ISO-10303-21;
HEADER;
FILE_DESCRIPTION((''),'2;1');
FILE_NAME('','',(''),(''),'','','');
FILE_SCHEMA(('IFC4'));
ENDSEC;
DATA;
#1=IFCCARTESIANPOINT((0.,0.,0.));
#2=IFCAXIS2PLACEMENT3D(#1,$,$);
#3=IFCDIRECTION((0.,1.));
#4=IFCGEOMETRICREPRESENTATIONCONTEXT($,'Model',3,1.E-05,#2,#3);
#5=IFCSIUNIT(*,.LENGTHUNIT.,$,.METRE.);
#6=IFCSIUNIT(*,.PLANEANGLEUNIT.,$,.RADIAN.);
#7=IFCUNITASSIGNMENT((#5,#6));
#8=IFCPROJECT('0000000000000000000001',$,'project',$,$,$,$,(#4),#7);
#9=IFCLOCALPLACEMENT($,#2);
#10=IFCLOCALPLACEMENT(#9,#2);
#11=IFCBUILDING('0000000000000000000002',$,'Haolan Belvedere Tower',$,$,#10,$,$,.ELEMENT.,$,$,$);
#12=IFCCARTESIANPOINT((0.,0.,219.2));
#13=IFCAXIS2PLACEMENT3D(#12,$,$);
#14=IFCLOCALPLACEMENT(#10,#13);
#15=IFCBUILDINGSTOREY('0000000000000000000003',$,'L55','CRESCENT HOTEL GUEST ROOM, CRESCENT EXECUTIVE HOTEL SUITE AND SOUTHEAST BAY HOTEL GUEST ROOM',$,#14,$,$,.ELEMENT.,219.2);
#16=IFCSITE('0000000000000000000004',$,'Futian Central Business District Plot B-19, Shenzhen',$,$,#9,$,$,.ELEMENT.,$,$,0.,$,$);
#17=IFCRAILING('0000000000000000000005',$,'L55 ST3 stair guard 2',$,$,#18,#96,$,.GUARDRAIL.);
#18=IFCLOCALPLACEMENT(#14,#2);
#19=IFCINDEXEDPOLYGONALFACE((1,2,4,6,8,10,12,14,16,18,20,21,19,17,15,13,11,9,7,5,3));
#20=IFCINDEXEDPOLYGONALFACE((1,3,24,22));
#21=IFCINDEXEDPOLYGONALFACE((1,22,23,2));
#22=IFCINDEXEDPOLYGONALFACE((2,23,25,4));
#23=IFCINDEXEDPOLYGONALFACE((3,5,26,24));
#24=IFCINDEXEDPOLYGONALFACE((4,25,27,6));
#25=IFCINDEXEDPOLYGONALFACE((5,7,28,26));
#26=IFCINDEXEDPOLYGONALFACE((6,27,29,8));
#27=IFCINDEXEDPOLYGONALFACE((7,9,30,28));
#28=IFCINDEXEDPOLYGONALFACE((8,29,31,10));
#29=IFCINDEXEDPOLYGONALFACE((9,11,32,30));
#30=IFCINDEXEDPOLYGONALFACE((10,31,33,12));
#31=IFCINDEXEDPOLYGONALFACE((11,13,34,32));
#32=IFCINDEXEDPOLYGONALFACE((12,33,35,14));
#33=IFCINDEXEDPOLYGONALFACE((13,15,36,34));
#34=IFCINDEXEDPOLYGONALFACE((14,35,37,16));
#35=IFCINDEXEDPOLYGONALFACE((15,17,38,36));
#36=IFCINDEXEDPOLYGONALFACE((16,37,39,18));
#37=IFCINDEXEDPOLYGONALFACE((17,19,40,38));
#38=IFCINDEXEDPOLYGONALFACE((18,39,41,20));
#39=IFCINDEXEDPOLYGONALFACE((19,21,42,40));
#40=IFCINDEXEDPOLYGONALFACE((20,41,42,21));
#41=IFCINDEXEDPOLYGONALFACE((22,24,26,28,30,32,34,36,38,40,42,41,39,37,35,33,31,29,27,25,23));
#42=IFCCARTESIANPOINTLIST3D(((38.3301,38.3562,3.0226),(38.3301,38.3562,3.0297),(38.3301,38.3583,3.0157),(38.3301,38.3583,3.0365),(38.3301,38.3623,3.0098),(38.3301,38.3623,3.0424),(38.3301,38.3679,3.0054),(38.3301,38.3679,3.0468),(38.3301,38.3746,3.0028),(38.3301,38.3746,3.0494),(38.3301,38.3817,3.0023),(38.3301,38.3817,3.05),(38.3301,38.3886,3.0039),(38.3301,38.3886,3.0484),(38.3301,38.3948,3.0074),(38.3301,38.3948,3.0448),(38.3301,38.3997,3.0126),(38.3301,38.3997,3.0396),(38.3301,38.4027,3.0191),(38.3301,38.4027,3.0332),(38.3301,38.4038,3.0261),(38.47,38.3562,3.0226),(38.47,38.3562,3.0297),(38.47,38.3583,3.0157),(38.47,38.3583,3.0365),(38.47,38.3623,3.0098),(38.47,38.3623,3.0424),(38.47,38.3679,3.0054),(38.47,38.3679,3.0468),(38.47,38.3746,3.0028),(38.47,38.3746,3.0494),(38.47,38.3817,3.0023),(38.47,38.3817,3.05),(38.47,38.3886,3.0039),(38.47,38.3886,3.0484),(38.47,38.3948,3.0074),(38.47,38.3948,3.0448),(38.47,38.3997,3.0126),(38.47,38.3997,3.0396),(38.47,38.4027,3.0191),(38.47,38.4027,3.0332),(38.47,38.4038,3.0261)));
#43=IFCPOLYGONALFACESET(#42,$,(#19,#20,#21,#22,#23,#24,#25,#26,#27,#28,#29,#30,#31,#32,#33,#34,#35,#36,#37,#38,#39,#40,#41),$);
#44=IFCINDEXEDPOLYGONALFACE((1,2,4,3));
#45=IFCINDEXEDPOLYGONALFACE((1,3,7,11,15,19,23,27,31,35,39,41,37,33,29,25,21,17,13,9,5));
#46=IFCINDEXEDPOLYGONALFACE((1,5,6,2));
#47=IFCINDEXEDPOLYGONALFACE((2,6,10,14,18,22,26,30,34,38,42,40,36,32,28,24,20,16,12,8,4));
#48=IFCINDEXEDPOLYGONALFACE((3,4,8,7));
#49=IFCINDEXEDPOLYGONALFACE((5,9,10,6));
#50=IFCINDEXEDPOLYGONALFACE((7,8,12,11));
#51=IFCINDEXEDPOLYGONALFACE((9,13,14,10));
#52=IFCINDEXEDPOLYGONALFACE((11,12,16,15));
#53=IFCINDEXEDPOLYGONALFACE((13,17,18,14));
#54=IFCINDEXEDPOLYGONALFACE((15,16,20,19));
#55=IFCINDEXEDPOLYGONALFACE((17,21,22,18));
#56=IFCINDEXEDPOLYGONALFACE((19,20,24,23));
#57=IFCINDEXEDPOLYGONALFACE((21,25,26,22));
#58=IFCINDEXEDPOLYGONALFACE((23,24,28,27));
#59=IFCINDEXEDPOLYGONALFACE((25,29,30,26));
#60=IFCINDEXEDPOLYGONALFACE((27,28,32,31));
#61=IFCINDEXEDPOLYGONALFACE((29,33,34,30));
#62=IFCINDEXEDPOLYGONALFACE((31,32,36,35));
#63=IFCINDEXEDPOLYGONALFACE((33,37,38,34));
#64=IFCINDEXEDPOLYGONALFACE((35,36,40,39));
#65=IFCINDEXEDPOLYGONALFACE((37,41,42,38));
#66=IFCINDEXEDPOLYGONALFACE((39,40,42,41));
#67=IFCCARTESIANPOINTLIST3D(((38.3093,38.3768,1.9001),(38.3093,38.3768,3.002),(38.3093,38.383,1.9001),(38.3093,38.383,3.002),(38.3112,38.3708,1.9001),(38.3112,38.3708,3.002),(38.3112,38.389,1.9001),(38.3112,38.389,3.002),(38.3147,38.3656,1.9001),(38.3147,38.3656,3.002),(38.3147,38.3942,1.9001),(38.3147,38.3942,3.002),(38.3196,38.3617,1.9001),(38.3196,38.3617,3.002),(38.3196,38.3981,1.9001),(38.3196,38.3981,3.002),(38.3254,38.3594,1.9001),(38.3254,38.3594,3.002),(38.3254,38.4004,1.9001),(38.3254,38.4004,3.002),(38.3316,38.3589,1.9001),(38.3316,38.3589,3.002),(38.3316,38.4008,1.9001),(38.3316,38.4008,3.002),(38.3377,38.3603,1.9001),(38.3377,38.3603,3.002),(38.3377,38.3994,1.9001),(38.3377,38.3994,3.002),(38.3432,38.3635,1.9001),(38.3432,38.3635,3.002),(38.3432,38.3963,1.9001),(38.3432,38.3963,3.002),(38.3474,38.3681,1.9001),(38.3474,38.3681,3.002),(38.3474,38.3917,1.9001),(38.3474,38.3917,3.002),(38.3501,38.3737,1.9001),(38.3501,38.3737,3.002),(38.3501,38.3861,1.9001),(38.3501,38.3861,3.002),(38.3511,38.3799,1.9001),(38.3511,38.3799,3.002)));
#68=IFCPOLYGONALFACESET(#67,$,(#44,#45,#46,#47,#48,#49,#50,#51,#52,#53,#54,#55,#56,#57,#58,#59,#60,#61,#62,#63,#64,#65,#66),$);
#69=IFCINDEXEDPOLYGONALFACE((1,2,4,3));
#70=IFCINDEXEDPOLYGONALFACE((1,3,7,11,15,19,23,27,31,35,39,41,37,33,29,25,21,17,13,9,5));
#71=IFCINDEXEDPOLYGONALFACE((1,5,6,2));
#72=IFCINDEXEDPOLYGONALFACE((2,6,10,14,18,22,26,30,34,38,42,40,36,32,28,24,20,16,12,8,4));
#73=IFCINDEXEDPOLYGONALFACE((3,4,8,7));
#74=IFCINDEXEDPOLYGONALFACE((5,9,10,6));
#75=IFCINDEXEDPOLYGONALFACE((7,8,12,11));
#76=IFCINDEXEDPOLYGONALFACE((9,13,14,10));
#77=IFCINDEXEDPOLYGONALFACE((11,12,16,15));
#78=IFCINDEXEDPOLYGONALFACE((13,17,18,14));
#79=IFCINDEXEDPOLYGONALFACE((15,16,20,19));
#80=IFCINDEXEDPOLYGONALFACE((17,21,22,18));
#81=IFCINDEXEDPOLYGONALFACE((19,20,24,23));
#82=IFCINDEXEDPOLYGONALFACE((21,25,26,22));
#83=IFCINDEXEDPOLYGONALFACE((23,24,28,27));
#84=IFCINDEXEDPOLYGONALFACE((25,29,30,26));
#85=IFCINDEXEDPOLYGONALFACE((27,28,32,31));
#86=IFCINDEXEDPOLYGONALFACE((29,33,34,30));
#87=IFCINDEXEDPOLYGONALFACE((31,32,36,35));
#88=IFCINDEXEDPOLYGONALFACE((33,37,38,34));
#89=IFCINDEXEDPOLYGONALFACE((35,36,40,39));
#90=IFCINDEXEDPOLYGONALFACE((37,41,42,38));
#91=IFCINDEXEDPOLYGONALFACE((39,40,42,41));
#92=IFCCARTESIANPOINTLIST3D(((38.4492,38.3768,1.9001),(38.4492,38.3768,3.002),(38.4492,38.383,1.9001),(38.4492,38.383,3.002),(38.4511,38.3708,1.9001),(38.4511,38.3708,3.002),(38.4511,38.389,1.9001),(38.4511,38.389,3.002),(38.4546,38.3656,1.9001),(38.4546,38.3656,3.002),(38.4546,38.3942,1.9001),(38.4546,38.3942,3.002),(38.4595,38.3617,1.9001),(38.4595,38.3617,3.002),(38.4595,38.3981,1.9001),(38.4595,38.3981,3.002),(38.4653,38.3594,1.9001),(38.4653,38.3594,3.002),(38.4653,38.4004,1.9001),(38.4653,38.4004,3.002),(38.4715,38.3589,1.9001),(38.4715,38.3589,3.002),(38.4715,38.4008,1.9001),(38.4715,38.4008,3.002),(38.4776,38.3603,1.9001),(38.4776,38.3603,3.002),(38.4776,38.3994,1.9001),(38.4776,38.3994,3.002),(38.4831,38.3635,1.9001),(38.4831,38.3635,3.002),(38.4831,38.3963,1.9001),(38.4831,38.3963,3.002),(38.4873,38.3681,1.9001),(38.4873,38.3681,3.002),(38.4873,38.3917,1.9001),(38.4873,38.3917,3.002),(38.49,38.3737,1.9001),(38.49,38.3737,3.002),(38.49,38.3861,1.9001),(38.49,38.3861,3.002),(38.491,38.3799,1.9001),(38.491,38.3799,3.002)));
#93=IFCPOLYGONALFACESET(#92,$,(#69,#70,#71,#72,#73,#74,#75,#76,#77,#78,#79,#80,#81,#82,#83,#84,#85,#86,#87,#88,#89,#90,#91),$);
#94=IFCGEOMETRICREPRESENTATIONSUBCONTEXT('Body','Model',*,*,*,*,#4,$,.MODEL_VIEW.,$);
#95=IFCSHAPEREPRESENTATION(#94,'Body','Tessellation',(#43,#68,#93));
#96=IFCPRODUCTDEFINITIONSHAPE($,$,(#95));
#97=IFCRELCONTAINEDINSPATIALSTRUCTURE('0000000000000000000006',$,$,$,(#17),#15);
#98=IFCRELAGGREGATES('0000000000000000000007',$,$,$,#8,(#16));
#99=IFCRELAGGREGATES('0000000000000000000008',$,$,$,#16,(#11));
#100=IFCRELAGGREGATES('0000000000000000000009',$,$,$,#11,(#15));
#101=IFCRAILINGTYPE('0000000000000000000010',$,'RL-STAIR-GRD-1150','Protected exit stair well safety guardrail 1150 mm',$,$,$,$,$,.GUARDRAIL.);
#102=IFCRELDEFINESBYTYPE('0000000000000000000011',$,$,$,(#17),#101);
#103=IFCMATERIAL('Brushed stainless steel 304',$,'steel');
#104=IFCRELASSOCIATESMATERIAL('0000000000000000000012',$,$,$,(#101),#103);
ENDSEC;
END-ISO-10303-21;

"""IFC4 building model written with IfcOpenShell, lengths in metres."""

from ifc_helpers import new_model, si_unit, direction, frame, origin, origin_2d, place, context, subcontext, project, spatial, circle, extrude, material, type_object, element, save


model = new_model("IFC4")

# Units and contexts
model_context = context("Model", 3, precision=1e-05, world=origin(), true_north=direction((0.0, 1.0)))
body_context = subcontext(model_context, "Body", "Model", "MODEL_VIEW")
ifc_project = project(units=[si_unit("LENGTHUNIT", "METRE"), si_unit("PLANEANGLEUNIT", "RADIAN")], contexts=[model_context])

# Site, building, storey
site_placement = place(None, origin())
site = spatial("IfcSite", under=ifc_project, at=site_placement, Name="Futian Central Business District Plot B-19, Shenzhen", CompositionType="ELEMENT", RefElevation=0.0)
building_placement = place(site_placement, origin())
building = spatial("IfcBuilding", under=site, at=building_placement, Name="Haolan Belvedere Tower", CompositionType="ELEMENT")
storey_placement = place(building_placement, frame((0.0, 0.0, 219.2)))
storey = spatial("IfcBuildingStorey", under=building, at=storey_placement, Name="L55", Description="CRESCENT HOTEL GUEST ROOM, CRESCENT EXECUTIVE HOTEL SUITE AND SOUTHEAST BAY HOTEL GUEST ROOM", CompositionType="ELEMENT", Elevation=219.2)

# Railing
ifc_material_1 = material(Name="Brushed stainless steel 304", Category="steel")
railing_type_1 = type_object("IfcRailingType", Name="RL-STAIR-GRD-1150", Description="Protected exit stair well safety guardrail 1150 mm", PredefinedType="GUARDRAIL", material=ifc_material_1)
railing_1_placement = place(storey_placement, frame((38.3301, 38.3799, 1.9001)))
element("IfcRailing", 1, at=railing_1_placement, inside=storey, type_object=railing_type_1, Name="L55 ST3 stair guard 2", PredefinedType="GUARDRAIL", context=body_context, shape_type="SweptSolid", body=[
    extrude(circle(Radius=0.0239, at=origin_2d()), frame((0.0, 0.0, 1.126), z_axis=(1.0, 0.0, 0.0), x_axis=(0.0, 1.0, 0.0)), (0.0, 0.0, 1.0), 0.1399),
    extrude(circle(Radius=0.021, at=origin_2d()), origin(), (0.0, 0.0, 1.0), 1.1018),
    extrude(circle(Radius=0.021, at=origin_2d()), frame((0.1399, 0.0, 0.0)), (0.0, 0.0, 1.0), 1.1018),
])

save(model, "model.ifc")
